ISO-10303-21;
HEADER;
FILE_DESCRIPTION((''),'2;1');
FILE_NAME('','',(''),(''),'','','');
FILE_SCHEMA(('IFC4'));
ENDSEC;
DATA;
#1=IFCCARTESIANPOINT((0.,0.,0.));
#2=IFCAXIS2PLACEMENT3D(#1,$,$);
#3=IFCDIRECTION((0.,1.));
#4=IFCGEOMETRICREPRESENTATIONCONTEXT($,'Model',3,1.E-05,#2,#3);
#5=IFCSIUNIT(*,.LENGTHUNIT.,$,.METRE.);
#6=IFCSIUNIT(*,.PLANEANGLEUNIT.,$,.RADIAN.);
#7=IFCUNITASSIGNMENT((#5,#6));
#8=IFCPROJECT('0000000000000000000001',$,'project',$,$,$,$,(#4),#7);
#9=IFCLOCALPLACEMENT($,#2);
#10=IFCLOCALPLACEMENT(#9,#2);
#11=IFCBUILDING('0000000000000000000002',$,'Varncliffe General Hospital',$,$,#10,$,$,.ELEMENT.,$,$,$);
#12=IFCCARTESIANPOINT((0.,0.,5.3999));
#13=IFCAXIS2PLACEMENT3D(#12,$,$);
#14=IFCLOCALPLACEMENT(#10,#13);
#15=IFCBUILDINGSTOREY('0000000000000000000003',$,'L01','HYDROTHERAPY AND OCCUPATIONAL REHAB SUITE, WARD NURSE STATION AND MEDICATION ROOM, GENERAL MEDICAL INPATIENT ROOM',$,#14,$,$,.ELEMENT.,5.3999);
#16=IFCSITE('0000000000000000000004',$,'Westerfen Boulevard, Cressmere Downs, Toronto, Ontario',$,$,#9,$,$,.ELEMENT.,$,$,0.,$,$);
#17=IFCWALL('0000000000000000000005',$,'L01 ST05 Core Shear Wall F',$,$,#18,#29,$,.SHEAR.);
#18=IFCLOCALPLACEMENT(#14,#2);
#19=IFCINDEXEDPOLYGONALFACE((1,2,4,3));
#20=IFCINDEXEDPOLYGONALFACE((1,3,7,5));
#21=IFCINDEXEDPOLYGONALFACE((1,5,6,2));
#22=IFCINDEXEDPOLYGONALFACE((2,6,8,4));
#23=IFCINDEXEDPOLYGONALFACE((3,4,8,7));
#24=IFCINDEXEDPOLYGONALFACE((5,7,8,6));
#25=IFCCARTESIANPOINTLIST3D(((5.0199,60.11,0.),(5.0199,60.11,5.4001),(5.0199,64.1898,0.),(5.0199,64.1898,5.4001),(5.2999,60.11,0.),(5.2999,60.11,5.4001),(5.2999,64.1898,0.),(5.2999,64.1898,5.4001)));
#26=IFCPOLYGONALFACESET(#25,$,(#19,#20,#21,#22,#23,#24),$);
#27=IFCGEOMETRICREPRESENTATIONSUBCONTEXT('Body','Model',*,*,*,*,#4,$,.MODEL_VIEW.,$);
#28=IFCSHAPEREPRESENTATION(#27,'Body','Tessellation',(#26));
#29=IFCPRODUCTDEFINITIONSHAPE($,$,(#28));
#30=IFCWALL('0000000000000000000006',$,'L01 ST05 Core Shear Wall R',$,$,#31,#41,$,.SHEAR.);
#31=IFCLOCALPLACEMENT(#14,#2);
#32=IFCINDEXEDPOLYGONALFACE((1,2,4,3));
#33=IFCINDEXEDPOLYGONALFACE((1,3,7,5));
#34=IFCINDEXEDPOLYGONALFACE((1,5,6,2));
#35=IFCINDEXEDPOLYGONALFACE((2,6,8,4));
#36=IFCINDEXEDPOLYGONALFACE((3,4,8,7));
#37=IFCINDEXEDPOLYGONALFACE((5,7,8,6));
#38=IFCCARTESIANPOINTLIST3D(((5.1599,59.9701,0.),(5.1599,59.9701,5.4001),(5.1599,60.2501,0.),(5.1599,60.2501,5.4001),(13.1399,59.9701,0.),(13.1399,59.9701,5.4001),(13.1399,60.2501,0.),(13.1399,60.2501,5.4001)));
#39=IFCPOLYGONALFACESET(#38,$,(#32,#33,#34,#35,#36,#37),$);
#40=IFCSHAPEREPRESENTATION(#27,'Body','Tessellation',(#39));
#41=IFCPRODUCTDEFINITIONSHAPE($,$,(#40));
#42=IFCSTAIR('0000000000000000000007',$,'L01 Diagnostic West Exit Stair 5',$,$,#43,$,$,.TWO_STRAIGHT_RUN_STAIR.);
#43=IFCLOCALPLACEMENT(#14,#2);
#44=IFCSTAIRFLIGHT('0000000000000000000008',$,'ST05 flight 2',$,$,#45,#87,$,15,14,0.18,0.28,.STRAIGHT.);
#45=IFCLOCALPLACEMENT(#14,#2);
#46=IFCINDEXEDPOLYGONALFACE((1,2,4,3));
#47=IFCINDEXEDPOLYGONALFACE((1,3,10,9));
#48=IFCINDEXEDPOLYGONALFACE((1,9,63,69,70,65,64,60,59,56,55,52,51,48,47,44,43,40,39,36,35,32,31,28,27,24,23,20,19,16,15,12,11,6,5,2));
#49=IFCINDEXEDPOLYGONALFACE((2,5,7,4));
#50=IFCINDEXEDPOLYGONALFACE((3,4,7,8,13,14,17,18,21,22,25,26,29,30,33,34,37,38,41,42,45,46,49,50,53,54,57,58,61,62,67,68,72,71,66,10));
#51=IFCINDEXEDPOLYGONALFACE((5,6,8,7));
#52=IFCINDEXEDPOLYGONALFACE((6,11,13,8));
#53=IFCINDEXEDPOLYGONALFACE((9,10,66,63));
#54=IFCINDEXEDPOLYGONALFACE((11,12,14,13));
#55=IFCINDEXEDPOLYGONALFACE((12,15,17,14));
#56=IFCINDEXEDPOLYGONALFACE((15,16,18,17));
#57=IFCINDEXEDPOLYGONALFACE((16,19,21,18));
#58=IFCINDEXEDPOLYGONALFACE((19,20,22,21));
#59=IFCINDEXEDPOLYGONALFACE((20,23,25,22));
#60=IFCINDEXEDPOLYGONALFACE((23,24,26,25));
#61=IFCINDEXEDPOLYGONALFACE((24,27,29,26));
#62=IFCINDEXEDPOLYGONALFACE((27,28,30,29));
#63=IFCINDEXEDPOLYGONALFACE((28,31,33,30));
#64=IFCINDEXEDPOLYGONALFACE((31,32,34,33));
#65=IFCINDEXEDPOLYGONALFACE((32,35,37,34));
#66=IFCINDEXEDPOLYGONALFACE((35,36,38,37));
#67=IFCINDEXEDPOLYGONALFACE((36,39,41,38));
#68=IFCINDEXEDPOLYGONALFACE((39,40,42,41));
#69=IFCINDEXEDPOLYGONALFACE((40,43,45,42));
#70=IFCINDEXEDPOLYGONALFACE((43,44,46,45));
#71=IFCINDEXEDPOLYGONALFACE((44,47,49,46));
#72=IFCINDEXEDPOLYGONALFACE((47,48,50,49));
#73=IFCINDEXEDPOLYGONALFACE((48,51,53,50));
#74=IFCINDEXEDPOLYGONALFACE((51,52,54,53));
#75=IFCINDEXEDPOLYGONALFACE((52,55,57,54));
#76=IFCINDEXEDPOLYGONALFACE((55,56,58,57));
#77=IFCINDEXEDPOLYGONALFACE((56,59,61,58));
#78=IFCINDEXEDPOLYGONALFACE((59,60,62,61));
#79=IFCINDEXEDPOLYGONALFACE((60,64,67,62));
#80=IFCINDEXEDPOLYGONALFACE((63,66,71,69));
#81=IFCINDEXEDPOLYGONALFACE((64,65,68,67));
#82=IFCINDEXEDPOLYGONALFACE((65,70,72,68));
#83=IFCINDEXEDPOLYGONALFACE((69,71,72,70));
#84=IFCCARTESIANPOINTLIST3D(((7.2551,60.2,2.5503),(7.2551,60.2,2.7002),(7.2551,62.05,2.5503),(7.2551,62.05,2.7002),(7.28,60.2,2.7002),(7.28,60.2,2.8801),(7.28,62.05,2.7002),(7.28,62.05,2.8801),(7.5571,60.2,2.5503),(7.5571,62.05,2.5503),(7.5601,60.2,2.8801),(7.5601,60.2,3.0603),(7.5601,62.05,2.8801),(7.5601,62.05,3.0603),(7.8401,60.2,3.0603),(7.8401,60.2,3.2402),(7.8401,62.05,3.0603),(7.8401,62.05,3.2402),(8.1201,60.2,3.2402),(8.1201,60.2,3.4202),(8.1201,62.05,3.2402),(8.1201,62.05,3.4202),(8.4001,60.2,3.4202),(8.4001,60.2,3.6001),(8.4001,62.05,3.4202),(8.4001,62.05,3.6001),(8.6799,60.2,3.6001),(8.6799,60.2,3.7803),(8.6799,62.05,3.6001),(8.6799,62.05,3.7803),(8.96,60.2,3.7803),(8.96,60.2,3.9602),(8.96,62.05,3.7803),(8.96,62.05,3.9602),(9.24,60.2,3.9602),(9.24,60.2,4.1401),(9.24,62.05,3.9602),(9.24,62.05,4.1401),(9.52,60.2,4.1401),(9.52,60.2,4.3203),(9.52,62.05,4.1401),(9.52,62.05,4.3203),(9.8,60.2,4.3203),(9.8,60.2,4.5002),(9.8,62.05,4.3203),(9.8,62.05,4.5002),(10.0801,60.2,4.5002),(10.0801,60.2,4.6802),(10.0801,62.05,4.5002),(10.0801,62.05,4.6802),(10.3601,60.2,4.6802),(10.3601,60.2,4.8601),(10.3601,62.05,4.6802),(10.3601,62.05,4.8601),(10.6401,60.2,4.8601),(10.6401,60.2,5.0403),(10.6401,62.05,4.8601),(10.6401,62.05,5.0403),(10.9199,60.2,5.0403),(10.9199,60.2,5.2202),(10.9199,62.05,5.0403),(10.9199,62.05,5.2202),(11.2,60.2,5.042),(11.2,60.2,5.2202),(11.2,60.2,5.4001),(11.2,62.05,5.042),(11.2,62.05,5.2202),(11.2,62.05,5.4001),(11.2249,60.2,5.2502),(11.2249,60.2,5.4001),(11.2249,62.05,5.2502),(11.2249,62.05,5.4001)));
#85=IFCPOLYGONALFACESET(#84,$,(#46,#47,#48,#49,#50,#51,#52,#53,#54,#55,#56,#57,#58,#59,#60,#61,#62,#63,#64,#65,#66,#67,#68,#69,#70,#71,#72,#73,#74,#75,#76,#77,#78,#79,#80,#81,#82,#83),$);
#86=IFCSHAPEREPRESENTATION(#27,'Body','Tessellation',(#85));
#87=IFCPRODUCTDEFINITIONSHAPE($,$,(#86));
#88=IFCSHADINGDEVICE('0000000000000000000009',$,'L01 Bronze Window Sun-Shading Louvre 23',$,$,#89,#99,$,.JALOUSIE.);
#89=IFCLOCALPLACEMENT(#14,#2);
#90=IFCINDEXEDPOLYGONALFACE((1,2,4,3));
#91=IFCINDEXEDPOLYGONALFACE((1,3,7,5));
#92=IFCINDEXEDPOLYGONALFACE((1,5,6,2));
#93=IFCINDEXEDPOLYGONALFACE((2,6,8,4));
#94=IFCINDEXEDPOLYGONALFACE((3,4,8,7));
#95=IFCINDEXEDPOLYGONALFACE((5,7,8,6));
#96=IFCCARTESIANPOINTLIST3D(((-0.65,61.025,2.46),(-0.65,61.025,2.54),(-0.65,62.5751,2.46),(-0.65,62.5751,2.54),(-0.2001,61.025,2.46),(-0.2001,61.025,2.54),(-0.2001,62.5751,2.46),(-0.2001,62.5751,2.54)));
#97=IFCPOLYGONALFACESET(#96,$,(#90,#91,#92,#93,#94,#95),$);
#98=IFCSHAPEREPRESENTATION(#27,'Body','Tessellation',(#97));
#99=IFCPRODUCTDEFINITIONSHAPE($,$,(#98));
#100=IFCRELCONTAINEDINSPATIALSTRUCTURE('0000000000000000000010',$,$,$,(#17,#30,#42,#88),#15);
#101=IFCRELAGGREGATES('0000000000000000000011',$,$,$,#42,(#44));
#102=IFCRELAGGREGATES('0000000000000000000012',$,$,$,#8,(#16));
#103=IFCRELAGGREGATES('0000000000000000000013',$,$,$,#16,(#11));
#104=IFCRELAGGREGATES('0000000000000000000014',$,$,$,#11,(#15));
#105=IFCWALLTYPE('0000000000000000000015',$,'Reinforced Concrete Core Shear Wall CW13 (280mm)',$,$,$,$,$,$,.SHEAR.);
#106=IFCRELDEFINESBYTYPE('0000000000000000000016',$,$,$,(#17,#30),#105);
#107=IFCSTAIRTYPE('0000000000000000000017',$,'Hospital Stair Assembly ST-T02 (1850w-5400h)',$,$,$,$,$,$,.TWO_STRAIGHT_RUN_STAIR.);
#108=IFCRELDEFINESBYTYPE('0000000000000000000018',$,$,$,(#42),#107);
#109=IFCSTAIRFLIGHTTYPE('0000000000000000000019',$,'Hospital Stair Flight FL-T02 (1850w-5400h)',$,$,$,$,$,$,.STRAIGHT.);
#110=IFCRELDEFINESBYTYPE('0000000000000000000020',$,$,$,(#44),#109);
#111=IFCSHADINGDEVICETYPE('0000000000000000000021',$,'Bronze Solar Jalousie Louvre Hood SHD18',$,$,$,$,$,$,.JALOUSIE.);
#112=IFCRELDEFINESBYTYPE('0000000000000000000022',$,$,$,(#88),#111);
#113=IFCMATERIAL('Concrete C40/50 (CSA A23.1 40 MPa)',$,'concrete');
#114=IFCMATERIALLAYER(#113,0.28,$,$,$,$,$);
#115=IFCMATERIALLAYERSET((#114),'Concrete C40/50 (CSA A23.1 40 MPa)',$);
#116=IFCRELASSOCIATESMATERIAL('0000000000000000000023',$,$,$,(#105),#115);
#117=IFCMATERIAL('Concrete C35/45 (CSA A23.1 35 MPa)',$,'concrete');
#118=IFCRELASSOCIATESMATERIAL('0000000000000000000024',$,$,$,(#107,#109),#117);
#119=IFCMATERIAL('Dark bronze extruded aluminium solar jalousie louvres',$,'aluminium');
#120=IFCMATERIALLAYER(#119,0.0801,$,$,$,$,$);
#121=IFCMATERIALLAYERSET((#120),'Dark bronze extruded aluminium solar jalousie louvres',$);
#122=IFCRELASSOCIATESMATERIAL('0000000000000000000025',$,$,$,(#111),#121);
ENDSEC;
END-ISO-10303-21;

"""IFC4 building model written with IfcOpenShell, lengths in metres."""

from ifc_helpers import new_model, si_unit, direction, frame, frame_2d, origin, origin_2d, place, context, subcontext, project, spatial, polyline, rectangle, outline, extrude, material, layer, layer_set, type_object, element, aggregate, save


model = new_model("IFC4")

# Units and contexts
model_context = context("Model", 3, precision=1e-05, world=origin(), true_north=direction((0.0, 1.0)))
body_context = subcontext(model_context, "Body", "Model", "MODEL_VIEW")
ifc_project = project(units=[si_unit("LENGTHUNIT", "METRE"), si_unit("PLANEANGLEUNIT", "RADIAN")], contexts=[model_context])

# Site, building, storey
site_placement = place(None, origin())
site = spatial("IfcSite", under=ifc_project, at=site_placement, Name="Westerfen Boulevard, Cressmere Downs, Toronto, Ontario", CompositionType="ELEMENT", RefElevation=0.0)
building_placement = place(site_placement, origin())
building = spatial("IfcBuilding", under=site, at=building_placement, Name="Varncliffe General Hospital", CompositionType="ELEMENT")
storey_placement = place(building_placement, frame((0.0, 0.0, 5.3999)))
storey = spatial("IfcBuildingStorey", under=building, at=storey_placement, Name="L01", Description="HYDROTHERAPY AND OCCUPATIONAL REHAB SUITE, WARD NURSE STATION AND MEDICATION ROOM, GENERAL MEDICAL INPATIENT ROOM", CompositionType="ELEMENT", Elevation=5.3999)

# Shared definitions
ifc_material_1 = material(Name="Concrete C40/50 (CSA A23.1 40 MPa)", Category="concrete")

# Shared definitions
ifc_material_2 = material(Name="Concrete C35/45 (CSA A23.1 35 MPa)", Category="concrete")

# Walls
ifc_layer_1 = layer(ifc_material_1, 0.28)
ifc_layer_set_1 = layer_set([ifc_layer_1], Name="Concrete C40/50 (CSA A23.1 40 MPa)")
wall_type_1 = type_object("IfcWallType", Name="Reinforced Concrete Core Shear Wall CW13 (280mm)", PredefinedType="SHEAR", material=ifc_layer_set_1)
wall_1_placement = place(storey_placement, frame((5.1599, 64.1899, 0.0), z_axis=(0.0, 0.0, 1.0), x_axis=(0.0, -1.0, 0.0)))
element("IfcWall", 1, at=wall_1_placement, inside=storey, type_object=wall_type_1, Name="L01 ST05 Core Shear Wall F", PredefinedType="SHEAR", context=body_context, shape_type="SweptSolid", body=[
    extrude(rectangle(XDim=4.0798, YDim=0.28, at=frame_2d((2.04, 0.0))), origin(), (0.0, 0.0, 1.0), 5.4001),
])
wall_2_placement = place(storey_placement, frame((5.1599, 60.1101, 0.0), z_axis=(0.0, 0.0, 1.0), x_axis=(1.0, 0.0, 0.0)))
element("IfcWall", 2, at=wall_2_placement, inside=storey, type_object=wall_type_1, Name="L01 ST05 Core Shear Wall R", PredefinedType="SHEAR", context=body_context, shape_type="SweptSolid", body=[
    extrude(rectangle(XDim=7.98, YDim=0.28, at=frame_2d((3.99, 0.0))), origin(), (0.0, 0.0, 1.0), 5.4001),
])

# Stair, stair flight
stair_type = type_object("IfcStairType", Name="Hospital Stair Assembly ST-T02 (1850w-5400h)", PredefinedType="TWO_STRAIGHT_RUN_STAIR", material=ifc_material_2)
stair_placement = place(storey_placement, origin())
stair = element("IfcStair", 3, at=stair_placement, inside=storey, type_object=stair_type, Name="L01 Diagnostic West Exit Stair 5", PredefinedType="TWO_STRAIGHT_RUN_STAIR")
stair_flight_type = type_object("IfcStairFlightType", Name="Hospital Stair Flight FL-T02 (1850w-5400h)", PredefinedType="STRAIGHT", material=ifc_material_2)
stair_flight_placement = place(storey_placement, frame((7.28, 61.125, 2.7002), z_axis=(0.0, 0.0, 1.0), x_axis=(1.0, 0.0, 0.0)))
stair_flight = element("IfcStairFlight", 4, at=stair_flight_placement, type_object=stair_flight_type, Name="ST05 flight 2", NumberOfRisers=15, NumberOfTreads=14, PredefinedType="STRAIGHT", RiserHeight=0.18, TreadLength=0.28, context=body_context, shape_type="SweptSolid", body=[
    extrude(outline(polyline([(-0.0249, -0.1499), (-0.0249, 0.0), (0.0, 0.0), (0.0, 0.1799), (0.28, 0.1799), (0.28, 0.3601), (0.5601, 0.3601), (0.5601, 0.54), (0.8401, 0.54), (0.8401, 0.72), (1.1201, 0.72), (1.1201, 0.8999), (1.3999, 0.8999), (1.3999, 1.0801), (1.6799, 1.0801), (1.6799, 1.26), (1.96, 1.26), (1.96, 1.4399), (2.24, 1.4399), (2.24, 1.6201), (2.52, 1.6201), (2.52, 1.8), (2.8, 1.8), (2.8, 1.98), (3.0801, 1.98), (3.0801, 2.1599), (3.3601, 2.1599), (3.3601, 2.3401), (3.6399, 2.3401), (3.6399, 2.52), (3.9199, 2.52), (3.9199, 2.7), (3.9448, 2.7), (3.9448, 2.55), (3.9199, 2.3418), (0.2771, -0.1499), (-0.0249, -0.1499)])), frame((0.0, 0.925, 0.0), z_axis=(0.0, -1.0, 0.0), x_axis=(1.0, 0.0, 0.0)), (0.0, 0.0, 1.0), 1.8501),
])
aggregate(stair, [stair_flight])

# Shading device
ifc_material_3 = material(Name="Dark bronze extruded aluminium solar jalousie louvres", Category="aluminium")
ifc_layer_2 = layer(ifc_material_3, 0.0801)
ifc_layer_set_2 = layer_set([ifc_layer_2], Name="Dark bronze extruded aluminium solar jalousie louvres")
shading_device_type = type_object("IfcShadingDeviceType", Name="Bronze Solar Jalousie Louvre Hood SHD18", PredefinedType="JALOUSIE", material=ifc_layer_set_2)
shading_device_placement = place(storey_placement, frame((-0.425, 61.8, 2.46), z_axis=(0.0, 0.0, 1.0), x_axis=(0.0, 1.0, 0.0)))
element("IfcShadingDevice", 5, at=shading_device_placement, inside=storey, type_object=shading_device_type, Name="L01 Bronze Window Sun-Shading Louvre 23", PredefinedType="JALOUSIE", context=body_context, shape_type="SweptSolid", body=[
    extrude(rectangle(XDim=1.55, YDim=0.45, at=origin_2d()), origin(), (0.0, 0.0, 1.0), 0.0801),
])

save(model, "model.ifc")
